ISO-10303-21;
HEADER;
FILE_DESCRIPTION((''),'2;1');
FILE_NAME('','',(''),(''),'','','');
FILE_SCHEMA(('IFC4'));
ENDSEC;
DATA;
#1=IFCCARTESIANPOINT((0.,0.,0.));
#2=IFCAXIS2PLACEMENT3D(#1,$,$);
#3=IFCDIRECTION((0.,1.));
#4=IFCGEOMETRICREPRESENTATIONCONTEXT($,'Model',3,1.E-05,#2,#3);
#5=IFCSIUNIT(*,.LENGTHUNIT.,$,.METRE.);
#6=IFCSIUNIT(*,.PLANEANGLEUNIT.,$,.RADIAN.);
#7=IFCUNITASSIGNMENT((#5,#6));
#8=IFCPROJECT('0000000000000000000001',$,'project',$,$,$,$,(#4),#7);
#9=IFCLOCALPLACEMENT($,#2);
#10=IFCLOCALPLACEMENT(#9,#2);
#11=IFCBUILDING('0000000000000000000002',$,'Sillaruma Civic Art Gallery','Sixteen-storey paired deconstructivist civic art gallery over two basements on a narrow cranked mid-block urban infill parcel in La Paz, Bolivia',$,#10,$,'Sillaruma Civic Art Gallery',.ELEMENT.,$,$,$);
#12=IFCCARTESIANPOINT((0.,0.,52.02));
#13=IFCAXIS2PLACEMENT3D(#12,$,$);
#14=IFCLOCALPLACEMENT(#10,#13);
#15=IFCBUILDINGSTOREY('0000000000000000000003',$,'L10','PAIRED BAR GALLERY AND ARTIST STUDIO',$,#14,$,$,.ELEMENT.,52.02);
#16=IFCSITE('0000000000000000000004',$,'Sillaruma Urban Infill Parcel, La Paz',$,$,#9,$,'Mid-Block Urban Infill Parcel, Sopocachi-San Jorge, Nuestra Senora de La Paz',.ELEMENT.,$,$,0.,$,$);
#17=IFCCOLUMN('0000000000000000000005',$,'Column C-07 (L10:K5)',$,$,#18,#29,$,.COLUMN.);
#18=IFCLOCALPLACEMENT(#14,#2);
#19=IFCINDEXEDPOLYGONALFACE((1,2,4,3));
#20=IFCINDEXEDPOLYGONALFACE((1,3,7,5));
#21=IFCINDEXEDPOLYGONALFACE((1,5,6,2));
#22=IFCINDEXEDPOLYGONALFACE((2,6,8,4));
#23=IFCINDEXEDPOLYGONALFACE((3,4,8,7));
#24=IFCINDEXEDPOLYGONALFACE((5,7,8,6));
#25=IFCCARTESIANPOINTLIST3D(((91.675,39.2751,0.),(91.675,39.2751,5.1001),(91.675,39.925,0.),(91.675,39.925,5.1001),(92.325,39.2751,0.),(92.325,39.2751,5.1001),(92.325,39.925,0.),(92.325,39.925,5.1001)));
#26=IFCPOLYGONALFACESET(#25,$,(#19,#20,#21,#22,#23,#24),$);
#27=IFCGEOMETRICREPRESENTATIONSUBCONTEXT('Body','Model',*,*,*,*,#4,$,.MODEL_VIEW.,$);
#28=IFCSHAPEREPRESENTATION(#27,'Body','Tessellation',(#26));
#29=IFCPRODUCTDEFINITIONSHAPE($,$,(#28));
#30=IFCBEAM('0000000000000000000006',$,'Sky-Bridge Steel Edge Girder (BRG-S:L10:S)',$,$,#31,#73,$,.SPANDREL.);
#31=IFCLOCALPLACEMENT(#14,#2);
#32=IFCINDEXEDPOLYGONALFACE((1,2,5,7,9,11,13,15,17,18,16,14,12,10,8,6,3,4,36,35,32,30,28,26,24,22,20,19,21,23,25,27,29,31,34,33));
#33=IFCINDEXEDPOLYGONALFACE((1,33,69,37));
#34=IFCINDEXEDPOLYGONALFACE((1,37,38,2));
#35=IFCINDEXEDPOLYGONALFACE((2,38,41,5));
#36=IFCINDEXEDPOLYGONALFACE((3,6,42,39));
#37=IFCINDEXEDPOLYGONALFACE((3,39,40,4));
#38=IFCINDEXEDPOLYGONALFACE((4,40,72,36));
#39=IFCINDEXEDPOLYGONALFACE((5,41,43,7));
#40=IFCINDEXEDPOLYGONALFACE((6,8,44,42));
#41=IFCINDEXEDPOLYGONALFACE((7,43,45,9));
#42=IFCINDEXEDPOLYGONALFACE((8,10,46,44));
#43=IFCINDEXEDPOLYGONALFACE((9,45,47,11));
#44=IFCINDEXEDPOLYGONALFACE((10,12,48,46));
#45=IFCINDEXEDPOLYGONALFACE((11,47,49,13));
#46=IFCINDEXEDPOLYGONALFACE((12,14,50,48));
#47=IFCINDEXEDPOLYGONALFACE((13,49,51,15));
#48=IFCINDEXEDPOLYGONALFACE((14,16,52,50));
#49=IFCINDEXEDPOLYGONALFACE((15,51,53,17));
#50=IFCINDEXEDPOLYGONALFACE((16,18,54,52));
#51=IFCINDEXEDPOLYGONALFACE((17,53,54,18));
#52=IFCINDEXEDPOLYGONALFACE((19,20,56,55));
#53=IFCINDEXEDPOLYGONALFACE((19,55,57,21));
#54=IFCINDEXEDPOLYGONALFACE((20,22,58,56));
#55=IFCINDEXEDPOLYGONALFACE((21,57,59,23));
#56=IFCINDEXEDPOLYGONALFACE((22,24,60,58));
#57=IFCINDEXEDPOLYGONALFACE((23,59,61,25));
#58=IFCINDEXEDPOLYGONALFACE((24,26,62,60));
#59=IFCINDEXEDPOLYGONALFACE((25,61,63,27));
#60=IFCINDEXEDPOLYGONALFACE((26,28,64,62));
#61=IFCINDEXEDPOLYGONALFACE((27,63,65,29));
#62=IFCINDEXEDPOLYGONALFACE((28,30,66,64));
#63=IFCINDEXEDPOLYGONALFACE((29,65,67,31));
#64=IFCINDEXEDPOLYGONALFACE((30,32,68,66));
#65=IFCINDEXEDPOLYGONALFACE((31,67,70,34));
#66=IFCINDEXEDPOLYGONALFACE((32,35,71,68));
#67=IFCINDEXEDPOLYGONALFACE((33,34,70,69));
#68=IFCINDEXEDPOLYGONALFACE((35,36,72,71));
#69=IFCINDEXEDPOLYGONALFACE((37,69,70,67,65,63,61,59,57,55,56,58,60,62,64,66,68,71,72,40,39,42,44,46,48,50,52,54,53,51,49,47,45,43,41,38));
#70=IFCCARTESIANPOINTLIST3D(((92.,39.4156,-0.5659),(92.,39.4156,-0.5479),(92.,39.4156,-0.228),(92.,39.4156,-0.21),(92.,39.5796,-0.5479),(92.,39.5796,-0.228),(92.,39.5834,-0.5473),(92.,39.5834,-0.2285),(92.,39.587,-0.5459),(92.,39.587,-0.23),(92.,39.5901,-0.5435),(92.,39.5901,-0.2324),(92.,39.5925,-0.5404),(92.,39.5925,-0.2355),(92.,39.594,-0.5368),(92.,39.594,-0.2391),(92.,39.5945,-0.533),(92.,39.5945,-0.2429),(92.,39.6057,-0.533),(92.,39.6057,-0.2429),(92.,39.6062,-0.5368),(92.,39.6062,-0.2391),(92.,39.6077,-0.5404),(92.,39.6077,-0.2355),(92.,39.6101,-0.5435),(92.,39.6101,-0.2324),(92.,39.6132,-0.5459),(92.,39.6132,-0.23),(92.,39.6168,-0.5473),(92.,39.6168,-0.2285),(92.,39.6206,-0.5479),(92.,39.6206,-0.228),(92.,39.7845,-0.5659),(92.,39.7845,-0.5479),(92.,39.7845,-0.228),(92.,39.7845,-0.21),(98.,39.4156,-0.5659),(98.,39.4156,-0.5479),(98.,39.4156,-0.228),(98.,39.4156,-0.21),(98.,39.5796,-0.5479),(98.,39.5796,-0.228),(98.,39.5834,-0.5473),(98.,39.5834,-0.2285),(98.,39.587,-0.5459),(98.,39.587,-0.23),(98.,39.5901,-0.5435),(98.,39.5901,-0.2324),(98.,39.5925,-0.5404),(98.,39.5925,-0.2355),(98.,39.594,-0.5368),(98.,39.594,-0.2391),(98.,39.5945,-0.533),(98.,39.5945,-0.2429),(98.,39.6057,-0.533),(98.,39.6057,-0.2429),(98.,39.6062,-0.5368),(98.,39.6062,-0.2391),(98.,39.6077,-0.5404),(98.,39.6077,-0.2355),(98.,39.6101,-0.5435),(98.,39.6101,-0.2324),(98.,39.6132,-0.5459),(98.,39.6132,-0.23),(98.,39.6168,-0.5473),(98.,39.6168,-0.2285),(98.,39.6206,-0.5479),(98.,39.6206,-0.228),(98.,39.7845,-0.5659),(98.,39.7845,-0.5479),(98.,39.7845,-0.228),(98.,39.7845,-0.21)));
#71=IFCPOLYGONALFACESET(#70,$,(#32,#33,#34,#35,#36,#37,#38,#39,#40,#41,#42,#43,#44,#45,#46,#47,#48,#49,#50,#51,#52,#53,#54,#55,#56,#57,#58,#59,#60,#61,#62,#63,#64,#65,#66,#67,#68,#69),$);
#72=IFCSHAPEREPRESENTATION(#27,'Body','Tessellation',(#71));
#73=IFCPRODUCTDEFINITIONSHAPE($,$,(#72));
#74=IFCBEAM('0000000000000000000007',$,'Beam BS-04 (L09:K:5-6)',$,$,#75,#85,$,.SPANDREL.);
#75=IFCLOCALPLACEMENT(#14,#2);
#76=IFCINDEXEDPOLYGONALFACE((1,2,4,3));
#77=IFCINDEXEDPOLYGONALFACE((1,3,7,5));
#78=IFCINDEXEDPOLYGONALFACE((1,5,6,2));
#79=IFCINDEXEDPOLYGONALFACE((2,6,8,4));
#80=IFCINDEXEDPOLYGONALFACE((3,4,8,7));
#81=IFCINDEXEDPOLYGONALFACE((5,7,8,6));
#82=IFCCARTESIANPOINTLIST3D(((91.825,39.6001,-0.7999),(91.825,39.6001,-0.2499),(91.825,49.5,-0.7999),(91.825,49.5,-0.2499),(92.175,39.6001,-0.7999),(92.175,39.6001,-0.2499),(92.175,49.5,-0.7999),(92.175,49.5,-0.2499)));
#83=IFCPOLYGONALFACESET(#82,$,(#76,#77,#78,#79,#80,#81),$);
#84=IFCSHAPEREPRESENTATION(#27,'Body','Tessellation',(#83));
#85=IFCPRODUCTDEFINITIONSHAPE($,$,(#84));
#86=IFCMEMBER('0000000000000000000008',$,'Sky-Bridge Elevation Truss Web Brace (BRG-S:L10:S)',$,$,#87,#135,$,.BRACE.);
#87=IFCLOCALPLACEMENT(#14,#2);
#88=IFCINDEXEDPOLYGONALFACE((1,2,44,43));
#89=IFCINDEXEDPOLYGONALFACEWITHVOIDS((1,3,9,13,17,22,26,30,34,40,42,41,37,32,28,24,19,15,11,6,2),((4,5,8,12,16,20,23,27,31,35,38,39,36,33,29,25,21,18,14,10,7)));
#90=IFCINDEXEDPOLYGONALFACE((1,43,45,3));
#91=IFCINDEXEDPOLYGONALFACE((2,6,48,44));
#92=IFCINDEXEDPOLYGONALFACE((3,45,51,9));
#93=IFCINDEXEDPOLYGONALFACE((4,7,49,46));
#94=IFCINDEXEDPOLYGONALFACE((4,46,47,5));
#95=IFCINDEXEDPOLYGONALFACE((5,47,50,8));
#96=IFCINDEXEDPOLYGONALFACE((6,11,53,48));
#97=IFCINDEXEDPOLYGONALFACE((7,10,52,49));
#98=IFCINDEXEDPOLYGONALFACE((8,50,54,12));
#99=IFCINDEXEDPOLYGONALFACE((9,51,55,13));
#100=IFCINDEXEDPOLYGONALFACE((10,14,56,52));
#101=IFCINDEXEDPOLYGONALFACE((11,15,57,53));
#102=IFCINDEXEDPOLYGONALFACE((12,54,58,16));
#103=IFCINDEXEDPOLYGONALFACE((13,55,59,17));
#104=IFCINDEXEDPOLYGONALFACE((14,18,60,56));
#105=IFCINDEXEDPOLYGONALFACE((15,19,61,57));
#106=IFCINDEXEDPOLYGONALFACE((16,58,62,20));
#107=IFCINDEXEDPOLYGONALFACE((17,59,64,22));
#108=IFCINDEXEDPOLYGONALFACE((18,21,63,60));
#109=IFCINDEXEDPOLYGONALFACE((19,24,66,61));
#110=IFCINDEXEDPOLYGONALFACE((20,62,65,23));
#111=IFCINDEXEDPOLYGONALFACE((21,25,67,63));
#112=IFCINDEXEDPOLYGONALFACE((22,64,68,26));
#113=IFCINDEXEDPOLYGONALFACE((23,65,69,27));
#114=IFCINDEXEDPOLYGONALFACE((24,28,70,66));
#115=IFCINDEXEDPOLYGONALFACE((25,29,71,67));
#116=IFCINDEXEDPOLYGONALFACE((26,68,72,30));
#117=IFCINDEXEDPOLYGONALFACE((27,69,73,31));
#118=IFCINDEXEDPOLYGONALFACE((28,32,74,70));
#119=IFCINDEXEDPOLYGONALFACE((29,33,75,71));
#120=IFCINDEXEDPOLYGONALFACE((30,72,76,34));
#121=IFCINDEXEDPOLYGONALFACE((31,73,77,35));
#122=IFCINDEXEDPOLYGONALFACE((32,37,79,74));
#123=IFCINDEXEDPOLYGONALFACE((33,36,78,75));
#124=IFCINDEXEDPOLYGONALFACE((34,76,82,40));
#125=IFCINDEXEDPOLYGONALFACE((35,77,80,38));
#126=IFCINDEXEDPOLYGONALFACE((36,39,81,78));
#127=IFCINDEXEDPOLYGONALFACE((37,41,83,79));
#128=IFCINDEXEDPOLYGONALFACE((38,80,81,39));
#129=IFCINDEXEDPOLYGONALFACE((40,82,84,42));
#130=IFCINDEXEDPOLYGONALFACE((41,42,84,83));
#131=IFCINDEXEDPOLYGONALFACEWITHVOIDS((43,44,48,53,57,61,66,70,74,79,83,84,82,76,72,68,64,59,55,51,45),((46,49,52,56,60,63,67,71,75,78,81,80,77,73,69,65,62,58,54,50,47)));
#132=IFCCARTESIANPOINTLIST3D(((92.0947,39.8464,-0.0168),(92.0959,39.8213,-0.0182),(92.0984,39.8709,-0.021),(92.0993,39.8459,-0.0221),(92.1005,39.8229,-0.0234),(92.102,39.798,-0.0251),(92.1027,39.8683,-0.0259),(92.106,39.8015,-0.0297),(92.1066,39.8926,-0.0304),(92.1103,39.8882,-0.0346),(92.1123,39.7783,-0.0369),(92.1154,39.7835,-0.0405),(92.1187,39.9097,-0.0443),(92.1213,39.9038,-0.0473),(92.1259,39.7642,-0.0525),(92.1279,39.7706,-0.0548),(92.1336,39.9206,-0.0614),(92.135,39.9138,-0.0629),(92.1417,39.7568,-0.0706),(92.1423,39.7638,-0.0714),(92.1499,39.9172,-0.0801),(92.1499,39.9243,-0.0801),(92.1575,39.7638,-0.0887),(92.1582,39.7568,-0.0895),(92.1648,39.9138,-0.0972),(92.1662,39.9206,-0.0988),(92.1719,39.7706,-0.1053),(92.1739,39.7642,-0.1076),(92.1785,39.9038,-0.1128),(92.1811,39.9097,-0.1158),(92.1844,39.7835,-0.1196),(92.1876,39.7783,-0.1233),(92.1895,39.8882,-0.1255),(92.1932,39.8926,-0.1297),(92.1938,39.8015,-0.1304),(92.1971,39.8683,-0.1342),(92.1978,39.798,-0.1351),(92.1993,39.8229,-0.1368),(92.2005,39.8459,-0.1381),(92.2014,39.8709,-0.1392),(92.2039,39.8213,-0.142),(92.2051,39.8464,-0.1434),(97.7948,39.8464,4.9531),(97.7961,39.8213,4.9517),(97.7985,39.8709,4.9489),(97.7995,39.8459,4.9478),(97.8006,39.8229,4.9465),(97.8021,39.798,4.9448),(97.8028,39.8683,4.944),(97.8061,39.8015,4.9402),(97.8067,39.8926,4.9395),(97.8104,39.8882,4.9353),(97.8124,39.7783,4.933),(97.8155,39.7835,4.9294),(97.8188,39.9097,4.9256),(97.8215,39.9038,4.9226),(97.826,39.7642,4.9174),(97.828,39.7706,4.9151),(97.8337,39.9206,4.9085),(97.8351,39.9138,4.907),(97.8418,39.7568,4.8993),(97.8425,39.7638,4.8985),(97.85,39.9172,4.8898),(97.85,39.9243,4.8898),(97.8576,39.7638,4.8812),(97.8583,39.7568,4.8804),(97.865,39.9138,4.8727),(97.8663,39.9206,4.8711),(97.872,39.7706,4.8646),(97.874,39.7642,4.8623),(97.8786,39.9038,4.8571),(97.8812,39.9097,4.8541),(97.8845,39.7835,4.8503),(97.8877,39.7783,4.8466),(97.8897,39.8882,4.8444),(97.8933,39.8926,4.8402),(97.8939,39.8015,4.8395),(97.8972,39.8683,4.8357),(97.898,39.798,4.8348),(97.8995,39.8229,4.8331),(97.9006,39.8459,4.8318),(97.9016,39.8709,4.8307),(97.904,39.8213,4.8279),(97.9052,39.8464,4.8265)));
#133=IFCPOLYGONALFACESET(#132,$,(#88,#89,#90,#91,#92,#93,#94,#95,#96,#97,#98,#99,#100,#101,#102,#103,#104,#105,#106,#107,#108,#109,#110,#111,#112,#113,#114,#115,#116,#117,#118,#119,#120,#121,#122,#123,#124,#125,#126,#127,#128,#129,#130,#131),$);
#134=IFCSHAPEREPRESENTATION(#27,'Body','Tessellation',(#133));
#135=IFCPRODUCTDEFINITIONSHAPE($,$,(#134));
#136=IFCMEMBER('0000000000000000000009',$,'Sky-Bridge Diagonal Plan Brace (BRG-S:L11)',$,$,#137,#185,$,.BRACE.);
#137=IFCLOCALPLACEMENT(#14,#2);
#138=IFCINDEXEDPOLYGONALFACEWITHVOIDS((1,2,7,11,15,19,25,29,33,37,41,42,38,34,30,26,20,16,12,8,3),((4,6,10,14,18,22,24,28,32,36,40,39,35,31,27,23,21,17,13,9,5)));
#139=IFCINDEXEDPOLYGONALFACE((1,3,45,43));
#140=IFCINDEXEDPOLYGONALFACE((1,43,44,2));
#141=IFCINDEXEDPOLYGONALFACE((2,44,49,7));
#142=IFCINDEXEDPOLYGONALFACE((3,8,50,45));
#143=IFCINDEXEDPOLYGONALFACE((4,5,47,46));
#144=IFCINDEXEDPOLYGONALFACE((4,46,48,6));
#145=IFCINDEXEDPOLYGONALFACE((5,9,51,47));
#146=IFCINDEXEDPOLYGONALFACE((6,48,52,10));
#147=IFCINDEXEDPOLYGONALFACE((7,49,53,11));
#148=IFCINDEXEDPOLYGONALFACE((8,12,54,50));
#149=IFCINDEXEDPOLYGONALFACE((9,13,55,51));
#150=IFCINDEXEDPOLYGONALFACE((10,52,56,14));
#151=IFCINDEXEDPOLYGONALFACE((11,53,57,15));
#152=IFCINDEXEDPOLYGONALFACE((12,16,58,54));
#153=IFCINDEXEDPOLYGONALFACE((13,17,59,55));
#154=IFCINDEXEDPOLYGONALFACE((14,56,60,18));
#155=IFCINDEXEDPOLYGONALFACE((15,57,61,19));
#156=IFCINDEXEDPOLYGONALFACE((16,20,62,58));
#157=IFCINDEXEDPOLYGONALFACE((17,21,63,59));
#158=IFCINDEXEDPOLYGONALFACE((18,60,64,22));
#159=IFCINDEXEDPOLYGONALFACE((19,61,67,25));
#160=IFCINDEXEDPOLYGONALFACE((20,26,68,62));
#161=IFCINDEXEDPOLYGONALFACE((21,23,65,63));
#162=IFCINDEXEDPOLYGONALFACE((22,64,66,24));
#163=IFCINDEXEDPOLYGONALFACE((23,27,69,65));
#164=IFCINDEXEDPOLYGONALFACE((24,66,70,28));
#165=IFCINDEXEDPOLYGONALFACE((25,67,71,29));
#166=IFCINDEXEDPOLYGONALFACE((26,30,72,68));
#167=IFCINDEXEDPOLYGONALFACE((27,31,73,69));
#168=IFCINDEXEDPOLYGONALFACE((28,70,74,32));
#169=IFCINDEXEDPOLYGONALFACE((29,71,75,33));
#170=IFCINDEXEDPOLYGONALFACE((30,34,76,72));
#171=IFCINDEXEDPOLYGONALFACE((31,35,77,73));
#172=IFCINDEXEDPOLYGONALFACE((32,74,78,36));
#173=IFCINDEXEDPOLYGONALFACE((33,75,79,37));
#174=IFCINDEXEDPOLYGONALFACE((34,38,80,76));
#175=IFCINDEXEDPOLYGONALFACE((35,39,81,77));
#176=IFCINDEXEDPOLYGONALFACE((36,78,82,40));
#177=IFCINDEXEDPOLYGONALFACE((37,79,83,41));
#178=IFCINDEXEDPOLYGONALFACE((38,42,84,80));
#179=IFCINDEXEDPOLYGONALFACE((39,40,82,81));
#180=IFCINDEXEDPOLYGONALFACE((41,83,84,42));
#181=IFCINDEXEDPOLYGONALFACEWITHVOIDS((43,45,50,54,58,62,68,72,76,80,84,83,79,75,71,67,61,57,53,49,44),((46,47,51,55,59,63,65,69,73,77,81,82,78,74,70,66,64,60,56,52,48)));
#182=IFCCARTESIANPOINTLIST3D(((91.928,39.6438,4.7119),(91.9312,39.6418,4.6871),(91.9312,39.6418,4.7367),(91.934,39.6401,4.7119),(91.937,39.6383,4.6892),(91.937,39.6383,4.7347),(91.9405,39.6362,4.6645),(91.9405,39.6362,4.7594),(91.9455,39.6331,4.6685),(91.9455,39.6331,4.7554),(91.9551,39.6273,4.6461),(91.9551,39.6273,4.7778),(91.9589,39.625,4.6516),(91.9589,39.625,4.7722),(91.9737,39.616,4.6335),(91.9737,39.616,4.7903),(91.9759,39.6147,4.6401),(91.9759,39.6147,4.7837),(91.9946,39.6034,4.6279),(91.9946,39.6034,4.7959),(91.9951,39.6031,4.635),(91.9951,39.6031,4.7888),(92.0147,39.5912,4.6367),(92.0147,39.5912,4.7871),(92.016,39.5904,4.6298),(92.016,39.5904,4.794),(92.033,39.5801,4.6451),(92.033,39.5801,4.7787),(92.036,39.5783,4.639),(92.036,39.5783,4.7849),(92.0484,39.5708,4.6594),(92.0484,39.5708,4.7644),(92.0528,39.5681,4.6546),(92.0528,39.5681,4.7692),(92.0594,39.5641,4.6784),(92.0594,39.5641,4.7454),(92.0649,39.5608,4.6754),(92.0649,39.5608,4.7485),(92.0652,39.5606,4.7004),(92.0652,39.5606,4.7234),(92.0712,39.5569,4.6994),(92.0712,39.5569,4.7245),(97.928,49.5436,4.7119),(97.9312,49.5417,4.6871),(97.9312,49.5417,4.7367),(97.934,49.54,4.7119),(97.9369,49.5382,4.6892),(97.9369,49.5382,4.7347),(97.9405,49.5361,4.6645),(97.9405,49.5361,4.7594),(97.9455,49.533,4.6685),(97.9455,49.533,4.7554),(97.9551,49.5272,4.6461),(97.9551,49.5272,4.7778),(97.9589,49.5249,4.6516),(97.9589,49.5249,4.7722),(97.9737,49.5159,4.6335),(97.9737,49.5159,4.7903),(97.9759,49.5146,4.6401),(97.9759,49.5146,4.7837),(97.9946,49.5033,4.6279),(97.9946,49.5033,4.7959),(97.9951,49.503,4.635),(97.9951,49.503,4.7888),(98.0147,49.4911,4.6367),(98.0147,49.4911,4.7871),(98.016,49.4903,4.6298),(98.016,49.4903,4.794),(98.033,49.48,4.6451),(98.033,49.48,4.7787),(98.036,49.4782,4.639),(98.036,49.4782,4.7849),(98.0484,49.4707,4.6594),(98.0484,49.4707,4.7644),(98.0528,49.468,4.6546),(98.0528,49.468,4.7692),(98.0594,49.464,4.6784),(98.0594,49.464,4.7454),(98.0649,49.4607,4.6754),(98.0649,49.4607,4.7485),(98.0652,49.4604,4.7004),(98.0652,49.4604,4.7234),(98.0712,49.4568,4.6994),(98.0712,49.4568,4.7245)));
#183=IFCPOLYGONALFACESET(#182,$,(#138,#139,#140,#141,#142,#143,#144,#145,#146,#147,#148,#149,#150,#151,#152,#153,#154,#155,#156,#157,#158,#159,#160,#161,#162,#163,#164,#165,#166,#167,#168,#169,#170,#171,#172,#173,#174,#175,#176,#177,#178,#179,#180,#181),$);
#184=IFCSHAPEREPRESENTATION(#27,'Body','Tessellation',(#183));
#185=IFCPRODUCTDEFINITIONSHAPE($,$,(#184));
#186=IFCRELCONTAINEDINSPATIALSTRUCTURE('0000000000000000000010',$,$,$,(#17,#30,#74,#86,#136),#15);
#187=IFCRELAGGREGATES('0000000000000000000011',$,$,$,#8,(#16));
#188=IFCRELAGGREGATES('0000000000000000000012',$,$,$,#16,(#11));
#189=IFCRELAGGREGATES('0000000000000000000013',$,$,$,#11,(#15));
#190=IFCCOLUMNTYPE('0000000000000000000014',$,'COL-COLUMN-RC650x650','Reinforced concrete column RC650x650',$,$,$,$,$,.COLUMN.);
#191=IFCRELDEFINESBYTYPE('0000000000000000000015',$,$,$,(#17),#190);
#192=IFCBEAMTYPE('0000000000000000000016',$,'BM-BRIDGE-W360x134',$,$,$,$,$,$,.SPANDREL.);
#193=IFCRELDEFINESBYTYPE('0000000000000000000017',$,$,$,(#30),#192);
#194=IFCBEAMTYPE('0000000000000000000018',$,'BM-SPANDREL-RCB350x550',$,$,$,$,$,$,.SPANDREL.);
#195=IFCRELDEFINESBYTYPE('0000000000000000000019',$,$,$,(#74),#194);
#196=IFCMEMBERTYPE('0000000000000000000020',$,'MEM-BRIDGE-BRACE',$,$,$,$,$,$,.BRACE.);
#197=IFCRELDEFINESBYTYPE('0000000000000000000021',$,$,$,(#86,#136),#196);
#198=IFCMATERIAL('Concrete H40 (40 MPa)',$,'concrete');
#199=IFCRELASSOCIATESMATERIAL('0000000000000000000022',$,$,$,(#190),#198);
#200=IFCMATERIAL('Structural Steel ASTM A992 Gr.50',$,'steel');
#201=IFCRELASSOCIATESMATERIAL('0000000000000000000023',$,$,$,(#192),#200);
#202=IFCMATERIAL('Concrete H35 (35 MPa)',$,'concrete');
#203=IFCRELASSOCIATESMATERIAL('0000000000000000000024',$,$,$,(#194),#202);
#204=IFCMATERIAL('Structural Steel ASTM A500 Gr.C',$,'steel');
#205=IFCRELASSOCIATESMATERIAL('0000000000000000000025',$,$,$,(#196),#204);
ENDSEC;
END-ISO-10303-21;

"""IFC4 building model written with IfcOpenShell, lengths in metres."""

from ifc_helpers import new_model, si_unit, direction, frame, origin, origin_2d, place, context, subcontext, project, spatial, rectangle, hollow_circle, i_section, extrude, material, material_profile, profile_set, type_object, element, save


model = new_model("IFC4")

# Units and contexts
model_context = context("Model", 3, precision=1e-05, world=origin(), true_north=direction((0.0, 1.0)))
body_context = subcontext(model_context, "Body", "Model", "MODEL_VIEW")
ifc_project = project(units=[si_unit("LENGTHUNIT", "METRE"), si_unit("PLANEANGLEUNIT", "RADIAN")], contexts=[model_context])

# Site, building, storey
site_placement = place(None, origin())
site = spatial("IfcSite", under=ifc_project, at=site_placement, Name="Sillaruma Urban Infill Parcel, La Paz", LongName="Mid-Block Urban Infill Parcel, Sopocachi-San Jorge, Nuestra Senora de La Paz", CompositionType="ELEMENT", RefElevation=0.0)
building_placement = place(site_placement, origin())
building = spatial("IfcBuilding", under=site, at=building_placement, Name="Sillaruma Civic Art Gallery", Description="Sixteen-storey paired deconstructivist civic art gallery over two basements on a narrow cranked mid-block urban infill parcel in La Paz, Bolivia", LongName="Sillaruma Civic Art Gallery", CompositionType="ELEMENT")
storey_placement = place(building_placement, frame((0.0, 0.0, 52.02)))
storey = spatial("IfcBuildingStorey", under=building, at=storey_placement, Name="L10", Description="PAIRED BAR GALLERY AND ARTIST STUDIO", CompositionType="ELEMENT", Elevation=52.02)

# Column
ifc_material_1 = material(Name="Concrete H40 (40 MPa)", Category="concrete")
ifc_material_profile_1 = material_profile(ifc_material_1, rectangle(XDim=0.6499, YDim=0.6499, at=origin_2d()), Name="RC650x650")
ifc_profile_set_1 = profile_set([ifc_material_profile_1], Name="Concrete H40 (40 MPa)")
column_type = type_object("IfcColumnType", Name="COL-COLUMN-RC650x650", Description="Reinforced concrete column RC650x650", PredefinedType="COLUMN", material=ifc_profile_set_1)
column_placement = place(storey_placement, frame((92.0, 39.6001, 0.0), z_axis=(0.0, 0.0, 1.0), x_axis=(1.0, 0.0, 0.0)))
element("IfcColumn", 1, at=column_placement, inside=storey, type_object=column_type, Name="Column C-07 (L10:K5)", PredefinedType="COLUMN", context=body_context, shape_type="SweptSolid", body=[
    extrude(rectangle(XDim=0.6499, YDim=0.6499, at=origin_2d()), origin(), (0.0, 0.0, 1.0), 5.1001),
])

# Beams
ifc_material_2 = material(Name="Structural Steel ASTM A992 Gr.50", Category="steel")
ifc_material_profile_2 = material_profile(ifc_material_2, i_section(OverallWidth=0.3689, OverallDepth=0.356, WebThickness=0.0112, FlangeThickness=0.0181, FilletRadius=0.0149, at=origin_2d()), Name="W360x134")
ifc_profile_set_2 = profile_set([ifc_material_profile_2], Name="Structural Steel ASTM A992 Gr.50")
beam_type_1 = type_object("IfcBeamType", Name="BM-BRIDGE-W360x134", PredefinedType="SPANDREL", material=ifc_profile_set_2)
beam_1_placement = place(storey_placement, frame((92.0, 39.6001, -0.3879), z_axis=(1.0, 0.0, 0.0), x_axis=(0.0, 1.0, 0.0)))
element("IfcBeam", 2, at=beam_1_placement, inside=storey, type_object=beam_type_1, Name="Sky-Bridge Steel Edge Girder (BRG-S:L10:S)", PredefinedType="SPANDREL", context=body_context, shape_type="SweptSolid", body=[
    extrude(i_section(OverallWidth=0.3689, OverallDepth=0.356, WebThickness=0.0112, FlangeThickness=0.0181, FilletRadius=0.0149, at=origin_2d()), origin(), (0.0, 0.0, 1.0), 6.0),
])
ifc_material_3 = material(Name="Concrete H35 (35 MPa)", Category="concrete")
ifc_material_profile_3 = material_profile(ifc_material_3, rectangle(XDim=0.3501, YDim=0.55, at=origin_2d()), Name="RCB350x550")
ifc_profile_set_3 = profile_set([ifc_material_profile_3], Name="Concrete H35 (35 MPa)")
beam_type_2 = type_object("IfcBeamType", Name="BM-SPANDREL-RCB350x550", PredefinedType="SPANDREL", material=ifc_profile_set_3)
beam_2_placement = place(storey_placement, frame((92.0, 39.6001, -0.5249), z_axis=(0.0, 1.0, 0.0), x_axis=(-1.0, 0.0, 0.0)))
element("IfcBeam", 3, at=beam_2_placement, inside=storey, type_object=beam_type_2, Name="Beam BS-04 (L09:K:5-6)", PredefinedType="SPANDREL", context=body_context, shape_type="SweptSolid", body=[
    extrude(rectangle(XDim=0.3501, YDim=0.55, at=origin_2d()), origin(), (0.0, 0.0, 1.0), 9.8999),
])

# Members
ifc_material_4 = material(Name="Structural Steel ASTM A500 Gr.C", Category="steel")
ifc_material_profile_4 = material_profile(ifc_material_4, hollow_circle(Radius=0.0842, WallThickness=0.0071, at=origin_2d()), Name="CHS168.3x7.1")
ifc_profile_set_4 = profile_set([ifc_material_profile_4], Name="Structural Steel ASTM A500 Gr.C")
member_type_1 = type_object("IfcMemberType", Name="MEM-BRIDGE-BRACE", PredefinedType="BRACE", material=ifc_profile_set_4)
member_1_placement = place(storey_placement, frame((92.1499, 39.8401, -0.0801), z_axis=(0.753735, 0.0, 0.657178), x_axis=(0.0, 1.0, 0.0)))
element("IfcMember", 4, at=member_1_placement, inside=storey, type_object=member_type_1, Name="Sky-Bridge Elevation Truss Web Brace (BRG-S:L10:S)", PredefinedType="BRACE", context=body_context, shape_type="SweptSolid", body=[
    extrude(hollow_circle(Radius=0.0842, WallThickness=0.0071, at=origin_2d()), origin(), (0.0, 0.0, 1.0), 7.5625),
])
member_2_placement = place(storey_placement, frame((92.0, 39.6001, 4.7119), z_axis=(0.518305, 0.855196, 0.0), x_axis=(-0.855196, 0.518305, 0.0)))
element("IfcMember", 5, at=member_2_placement, inside=storey, type_object=member_type_1, Name="Sky-Bridge Diagonal Plan Brace (BRG-S:L11)", PredefinedType="BRACE", context=body_context, shape_type="SweptSolid", body=[
    extrude(hollow_circle(Radius=0.0842, WallThickness=0.0071, at=origin_2d()), origin(), (0.0, 0.0, 1.0), 11.5762),
])

save(model, "model.ifc")
